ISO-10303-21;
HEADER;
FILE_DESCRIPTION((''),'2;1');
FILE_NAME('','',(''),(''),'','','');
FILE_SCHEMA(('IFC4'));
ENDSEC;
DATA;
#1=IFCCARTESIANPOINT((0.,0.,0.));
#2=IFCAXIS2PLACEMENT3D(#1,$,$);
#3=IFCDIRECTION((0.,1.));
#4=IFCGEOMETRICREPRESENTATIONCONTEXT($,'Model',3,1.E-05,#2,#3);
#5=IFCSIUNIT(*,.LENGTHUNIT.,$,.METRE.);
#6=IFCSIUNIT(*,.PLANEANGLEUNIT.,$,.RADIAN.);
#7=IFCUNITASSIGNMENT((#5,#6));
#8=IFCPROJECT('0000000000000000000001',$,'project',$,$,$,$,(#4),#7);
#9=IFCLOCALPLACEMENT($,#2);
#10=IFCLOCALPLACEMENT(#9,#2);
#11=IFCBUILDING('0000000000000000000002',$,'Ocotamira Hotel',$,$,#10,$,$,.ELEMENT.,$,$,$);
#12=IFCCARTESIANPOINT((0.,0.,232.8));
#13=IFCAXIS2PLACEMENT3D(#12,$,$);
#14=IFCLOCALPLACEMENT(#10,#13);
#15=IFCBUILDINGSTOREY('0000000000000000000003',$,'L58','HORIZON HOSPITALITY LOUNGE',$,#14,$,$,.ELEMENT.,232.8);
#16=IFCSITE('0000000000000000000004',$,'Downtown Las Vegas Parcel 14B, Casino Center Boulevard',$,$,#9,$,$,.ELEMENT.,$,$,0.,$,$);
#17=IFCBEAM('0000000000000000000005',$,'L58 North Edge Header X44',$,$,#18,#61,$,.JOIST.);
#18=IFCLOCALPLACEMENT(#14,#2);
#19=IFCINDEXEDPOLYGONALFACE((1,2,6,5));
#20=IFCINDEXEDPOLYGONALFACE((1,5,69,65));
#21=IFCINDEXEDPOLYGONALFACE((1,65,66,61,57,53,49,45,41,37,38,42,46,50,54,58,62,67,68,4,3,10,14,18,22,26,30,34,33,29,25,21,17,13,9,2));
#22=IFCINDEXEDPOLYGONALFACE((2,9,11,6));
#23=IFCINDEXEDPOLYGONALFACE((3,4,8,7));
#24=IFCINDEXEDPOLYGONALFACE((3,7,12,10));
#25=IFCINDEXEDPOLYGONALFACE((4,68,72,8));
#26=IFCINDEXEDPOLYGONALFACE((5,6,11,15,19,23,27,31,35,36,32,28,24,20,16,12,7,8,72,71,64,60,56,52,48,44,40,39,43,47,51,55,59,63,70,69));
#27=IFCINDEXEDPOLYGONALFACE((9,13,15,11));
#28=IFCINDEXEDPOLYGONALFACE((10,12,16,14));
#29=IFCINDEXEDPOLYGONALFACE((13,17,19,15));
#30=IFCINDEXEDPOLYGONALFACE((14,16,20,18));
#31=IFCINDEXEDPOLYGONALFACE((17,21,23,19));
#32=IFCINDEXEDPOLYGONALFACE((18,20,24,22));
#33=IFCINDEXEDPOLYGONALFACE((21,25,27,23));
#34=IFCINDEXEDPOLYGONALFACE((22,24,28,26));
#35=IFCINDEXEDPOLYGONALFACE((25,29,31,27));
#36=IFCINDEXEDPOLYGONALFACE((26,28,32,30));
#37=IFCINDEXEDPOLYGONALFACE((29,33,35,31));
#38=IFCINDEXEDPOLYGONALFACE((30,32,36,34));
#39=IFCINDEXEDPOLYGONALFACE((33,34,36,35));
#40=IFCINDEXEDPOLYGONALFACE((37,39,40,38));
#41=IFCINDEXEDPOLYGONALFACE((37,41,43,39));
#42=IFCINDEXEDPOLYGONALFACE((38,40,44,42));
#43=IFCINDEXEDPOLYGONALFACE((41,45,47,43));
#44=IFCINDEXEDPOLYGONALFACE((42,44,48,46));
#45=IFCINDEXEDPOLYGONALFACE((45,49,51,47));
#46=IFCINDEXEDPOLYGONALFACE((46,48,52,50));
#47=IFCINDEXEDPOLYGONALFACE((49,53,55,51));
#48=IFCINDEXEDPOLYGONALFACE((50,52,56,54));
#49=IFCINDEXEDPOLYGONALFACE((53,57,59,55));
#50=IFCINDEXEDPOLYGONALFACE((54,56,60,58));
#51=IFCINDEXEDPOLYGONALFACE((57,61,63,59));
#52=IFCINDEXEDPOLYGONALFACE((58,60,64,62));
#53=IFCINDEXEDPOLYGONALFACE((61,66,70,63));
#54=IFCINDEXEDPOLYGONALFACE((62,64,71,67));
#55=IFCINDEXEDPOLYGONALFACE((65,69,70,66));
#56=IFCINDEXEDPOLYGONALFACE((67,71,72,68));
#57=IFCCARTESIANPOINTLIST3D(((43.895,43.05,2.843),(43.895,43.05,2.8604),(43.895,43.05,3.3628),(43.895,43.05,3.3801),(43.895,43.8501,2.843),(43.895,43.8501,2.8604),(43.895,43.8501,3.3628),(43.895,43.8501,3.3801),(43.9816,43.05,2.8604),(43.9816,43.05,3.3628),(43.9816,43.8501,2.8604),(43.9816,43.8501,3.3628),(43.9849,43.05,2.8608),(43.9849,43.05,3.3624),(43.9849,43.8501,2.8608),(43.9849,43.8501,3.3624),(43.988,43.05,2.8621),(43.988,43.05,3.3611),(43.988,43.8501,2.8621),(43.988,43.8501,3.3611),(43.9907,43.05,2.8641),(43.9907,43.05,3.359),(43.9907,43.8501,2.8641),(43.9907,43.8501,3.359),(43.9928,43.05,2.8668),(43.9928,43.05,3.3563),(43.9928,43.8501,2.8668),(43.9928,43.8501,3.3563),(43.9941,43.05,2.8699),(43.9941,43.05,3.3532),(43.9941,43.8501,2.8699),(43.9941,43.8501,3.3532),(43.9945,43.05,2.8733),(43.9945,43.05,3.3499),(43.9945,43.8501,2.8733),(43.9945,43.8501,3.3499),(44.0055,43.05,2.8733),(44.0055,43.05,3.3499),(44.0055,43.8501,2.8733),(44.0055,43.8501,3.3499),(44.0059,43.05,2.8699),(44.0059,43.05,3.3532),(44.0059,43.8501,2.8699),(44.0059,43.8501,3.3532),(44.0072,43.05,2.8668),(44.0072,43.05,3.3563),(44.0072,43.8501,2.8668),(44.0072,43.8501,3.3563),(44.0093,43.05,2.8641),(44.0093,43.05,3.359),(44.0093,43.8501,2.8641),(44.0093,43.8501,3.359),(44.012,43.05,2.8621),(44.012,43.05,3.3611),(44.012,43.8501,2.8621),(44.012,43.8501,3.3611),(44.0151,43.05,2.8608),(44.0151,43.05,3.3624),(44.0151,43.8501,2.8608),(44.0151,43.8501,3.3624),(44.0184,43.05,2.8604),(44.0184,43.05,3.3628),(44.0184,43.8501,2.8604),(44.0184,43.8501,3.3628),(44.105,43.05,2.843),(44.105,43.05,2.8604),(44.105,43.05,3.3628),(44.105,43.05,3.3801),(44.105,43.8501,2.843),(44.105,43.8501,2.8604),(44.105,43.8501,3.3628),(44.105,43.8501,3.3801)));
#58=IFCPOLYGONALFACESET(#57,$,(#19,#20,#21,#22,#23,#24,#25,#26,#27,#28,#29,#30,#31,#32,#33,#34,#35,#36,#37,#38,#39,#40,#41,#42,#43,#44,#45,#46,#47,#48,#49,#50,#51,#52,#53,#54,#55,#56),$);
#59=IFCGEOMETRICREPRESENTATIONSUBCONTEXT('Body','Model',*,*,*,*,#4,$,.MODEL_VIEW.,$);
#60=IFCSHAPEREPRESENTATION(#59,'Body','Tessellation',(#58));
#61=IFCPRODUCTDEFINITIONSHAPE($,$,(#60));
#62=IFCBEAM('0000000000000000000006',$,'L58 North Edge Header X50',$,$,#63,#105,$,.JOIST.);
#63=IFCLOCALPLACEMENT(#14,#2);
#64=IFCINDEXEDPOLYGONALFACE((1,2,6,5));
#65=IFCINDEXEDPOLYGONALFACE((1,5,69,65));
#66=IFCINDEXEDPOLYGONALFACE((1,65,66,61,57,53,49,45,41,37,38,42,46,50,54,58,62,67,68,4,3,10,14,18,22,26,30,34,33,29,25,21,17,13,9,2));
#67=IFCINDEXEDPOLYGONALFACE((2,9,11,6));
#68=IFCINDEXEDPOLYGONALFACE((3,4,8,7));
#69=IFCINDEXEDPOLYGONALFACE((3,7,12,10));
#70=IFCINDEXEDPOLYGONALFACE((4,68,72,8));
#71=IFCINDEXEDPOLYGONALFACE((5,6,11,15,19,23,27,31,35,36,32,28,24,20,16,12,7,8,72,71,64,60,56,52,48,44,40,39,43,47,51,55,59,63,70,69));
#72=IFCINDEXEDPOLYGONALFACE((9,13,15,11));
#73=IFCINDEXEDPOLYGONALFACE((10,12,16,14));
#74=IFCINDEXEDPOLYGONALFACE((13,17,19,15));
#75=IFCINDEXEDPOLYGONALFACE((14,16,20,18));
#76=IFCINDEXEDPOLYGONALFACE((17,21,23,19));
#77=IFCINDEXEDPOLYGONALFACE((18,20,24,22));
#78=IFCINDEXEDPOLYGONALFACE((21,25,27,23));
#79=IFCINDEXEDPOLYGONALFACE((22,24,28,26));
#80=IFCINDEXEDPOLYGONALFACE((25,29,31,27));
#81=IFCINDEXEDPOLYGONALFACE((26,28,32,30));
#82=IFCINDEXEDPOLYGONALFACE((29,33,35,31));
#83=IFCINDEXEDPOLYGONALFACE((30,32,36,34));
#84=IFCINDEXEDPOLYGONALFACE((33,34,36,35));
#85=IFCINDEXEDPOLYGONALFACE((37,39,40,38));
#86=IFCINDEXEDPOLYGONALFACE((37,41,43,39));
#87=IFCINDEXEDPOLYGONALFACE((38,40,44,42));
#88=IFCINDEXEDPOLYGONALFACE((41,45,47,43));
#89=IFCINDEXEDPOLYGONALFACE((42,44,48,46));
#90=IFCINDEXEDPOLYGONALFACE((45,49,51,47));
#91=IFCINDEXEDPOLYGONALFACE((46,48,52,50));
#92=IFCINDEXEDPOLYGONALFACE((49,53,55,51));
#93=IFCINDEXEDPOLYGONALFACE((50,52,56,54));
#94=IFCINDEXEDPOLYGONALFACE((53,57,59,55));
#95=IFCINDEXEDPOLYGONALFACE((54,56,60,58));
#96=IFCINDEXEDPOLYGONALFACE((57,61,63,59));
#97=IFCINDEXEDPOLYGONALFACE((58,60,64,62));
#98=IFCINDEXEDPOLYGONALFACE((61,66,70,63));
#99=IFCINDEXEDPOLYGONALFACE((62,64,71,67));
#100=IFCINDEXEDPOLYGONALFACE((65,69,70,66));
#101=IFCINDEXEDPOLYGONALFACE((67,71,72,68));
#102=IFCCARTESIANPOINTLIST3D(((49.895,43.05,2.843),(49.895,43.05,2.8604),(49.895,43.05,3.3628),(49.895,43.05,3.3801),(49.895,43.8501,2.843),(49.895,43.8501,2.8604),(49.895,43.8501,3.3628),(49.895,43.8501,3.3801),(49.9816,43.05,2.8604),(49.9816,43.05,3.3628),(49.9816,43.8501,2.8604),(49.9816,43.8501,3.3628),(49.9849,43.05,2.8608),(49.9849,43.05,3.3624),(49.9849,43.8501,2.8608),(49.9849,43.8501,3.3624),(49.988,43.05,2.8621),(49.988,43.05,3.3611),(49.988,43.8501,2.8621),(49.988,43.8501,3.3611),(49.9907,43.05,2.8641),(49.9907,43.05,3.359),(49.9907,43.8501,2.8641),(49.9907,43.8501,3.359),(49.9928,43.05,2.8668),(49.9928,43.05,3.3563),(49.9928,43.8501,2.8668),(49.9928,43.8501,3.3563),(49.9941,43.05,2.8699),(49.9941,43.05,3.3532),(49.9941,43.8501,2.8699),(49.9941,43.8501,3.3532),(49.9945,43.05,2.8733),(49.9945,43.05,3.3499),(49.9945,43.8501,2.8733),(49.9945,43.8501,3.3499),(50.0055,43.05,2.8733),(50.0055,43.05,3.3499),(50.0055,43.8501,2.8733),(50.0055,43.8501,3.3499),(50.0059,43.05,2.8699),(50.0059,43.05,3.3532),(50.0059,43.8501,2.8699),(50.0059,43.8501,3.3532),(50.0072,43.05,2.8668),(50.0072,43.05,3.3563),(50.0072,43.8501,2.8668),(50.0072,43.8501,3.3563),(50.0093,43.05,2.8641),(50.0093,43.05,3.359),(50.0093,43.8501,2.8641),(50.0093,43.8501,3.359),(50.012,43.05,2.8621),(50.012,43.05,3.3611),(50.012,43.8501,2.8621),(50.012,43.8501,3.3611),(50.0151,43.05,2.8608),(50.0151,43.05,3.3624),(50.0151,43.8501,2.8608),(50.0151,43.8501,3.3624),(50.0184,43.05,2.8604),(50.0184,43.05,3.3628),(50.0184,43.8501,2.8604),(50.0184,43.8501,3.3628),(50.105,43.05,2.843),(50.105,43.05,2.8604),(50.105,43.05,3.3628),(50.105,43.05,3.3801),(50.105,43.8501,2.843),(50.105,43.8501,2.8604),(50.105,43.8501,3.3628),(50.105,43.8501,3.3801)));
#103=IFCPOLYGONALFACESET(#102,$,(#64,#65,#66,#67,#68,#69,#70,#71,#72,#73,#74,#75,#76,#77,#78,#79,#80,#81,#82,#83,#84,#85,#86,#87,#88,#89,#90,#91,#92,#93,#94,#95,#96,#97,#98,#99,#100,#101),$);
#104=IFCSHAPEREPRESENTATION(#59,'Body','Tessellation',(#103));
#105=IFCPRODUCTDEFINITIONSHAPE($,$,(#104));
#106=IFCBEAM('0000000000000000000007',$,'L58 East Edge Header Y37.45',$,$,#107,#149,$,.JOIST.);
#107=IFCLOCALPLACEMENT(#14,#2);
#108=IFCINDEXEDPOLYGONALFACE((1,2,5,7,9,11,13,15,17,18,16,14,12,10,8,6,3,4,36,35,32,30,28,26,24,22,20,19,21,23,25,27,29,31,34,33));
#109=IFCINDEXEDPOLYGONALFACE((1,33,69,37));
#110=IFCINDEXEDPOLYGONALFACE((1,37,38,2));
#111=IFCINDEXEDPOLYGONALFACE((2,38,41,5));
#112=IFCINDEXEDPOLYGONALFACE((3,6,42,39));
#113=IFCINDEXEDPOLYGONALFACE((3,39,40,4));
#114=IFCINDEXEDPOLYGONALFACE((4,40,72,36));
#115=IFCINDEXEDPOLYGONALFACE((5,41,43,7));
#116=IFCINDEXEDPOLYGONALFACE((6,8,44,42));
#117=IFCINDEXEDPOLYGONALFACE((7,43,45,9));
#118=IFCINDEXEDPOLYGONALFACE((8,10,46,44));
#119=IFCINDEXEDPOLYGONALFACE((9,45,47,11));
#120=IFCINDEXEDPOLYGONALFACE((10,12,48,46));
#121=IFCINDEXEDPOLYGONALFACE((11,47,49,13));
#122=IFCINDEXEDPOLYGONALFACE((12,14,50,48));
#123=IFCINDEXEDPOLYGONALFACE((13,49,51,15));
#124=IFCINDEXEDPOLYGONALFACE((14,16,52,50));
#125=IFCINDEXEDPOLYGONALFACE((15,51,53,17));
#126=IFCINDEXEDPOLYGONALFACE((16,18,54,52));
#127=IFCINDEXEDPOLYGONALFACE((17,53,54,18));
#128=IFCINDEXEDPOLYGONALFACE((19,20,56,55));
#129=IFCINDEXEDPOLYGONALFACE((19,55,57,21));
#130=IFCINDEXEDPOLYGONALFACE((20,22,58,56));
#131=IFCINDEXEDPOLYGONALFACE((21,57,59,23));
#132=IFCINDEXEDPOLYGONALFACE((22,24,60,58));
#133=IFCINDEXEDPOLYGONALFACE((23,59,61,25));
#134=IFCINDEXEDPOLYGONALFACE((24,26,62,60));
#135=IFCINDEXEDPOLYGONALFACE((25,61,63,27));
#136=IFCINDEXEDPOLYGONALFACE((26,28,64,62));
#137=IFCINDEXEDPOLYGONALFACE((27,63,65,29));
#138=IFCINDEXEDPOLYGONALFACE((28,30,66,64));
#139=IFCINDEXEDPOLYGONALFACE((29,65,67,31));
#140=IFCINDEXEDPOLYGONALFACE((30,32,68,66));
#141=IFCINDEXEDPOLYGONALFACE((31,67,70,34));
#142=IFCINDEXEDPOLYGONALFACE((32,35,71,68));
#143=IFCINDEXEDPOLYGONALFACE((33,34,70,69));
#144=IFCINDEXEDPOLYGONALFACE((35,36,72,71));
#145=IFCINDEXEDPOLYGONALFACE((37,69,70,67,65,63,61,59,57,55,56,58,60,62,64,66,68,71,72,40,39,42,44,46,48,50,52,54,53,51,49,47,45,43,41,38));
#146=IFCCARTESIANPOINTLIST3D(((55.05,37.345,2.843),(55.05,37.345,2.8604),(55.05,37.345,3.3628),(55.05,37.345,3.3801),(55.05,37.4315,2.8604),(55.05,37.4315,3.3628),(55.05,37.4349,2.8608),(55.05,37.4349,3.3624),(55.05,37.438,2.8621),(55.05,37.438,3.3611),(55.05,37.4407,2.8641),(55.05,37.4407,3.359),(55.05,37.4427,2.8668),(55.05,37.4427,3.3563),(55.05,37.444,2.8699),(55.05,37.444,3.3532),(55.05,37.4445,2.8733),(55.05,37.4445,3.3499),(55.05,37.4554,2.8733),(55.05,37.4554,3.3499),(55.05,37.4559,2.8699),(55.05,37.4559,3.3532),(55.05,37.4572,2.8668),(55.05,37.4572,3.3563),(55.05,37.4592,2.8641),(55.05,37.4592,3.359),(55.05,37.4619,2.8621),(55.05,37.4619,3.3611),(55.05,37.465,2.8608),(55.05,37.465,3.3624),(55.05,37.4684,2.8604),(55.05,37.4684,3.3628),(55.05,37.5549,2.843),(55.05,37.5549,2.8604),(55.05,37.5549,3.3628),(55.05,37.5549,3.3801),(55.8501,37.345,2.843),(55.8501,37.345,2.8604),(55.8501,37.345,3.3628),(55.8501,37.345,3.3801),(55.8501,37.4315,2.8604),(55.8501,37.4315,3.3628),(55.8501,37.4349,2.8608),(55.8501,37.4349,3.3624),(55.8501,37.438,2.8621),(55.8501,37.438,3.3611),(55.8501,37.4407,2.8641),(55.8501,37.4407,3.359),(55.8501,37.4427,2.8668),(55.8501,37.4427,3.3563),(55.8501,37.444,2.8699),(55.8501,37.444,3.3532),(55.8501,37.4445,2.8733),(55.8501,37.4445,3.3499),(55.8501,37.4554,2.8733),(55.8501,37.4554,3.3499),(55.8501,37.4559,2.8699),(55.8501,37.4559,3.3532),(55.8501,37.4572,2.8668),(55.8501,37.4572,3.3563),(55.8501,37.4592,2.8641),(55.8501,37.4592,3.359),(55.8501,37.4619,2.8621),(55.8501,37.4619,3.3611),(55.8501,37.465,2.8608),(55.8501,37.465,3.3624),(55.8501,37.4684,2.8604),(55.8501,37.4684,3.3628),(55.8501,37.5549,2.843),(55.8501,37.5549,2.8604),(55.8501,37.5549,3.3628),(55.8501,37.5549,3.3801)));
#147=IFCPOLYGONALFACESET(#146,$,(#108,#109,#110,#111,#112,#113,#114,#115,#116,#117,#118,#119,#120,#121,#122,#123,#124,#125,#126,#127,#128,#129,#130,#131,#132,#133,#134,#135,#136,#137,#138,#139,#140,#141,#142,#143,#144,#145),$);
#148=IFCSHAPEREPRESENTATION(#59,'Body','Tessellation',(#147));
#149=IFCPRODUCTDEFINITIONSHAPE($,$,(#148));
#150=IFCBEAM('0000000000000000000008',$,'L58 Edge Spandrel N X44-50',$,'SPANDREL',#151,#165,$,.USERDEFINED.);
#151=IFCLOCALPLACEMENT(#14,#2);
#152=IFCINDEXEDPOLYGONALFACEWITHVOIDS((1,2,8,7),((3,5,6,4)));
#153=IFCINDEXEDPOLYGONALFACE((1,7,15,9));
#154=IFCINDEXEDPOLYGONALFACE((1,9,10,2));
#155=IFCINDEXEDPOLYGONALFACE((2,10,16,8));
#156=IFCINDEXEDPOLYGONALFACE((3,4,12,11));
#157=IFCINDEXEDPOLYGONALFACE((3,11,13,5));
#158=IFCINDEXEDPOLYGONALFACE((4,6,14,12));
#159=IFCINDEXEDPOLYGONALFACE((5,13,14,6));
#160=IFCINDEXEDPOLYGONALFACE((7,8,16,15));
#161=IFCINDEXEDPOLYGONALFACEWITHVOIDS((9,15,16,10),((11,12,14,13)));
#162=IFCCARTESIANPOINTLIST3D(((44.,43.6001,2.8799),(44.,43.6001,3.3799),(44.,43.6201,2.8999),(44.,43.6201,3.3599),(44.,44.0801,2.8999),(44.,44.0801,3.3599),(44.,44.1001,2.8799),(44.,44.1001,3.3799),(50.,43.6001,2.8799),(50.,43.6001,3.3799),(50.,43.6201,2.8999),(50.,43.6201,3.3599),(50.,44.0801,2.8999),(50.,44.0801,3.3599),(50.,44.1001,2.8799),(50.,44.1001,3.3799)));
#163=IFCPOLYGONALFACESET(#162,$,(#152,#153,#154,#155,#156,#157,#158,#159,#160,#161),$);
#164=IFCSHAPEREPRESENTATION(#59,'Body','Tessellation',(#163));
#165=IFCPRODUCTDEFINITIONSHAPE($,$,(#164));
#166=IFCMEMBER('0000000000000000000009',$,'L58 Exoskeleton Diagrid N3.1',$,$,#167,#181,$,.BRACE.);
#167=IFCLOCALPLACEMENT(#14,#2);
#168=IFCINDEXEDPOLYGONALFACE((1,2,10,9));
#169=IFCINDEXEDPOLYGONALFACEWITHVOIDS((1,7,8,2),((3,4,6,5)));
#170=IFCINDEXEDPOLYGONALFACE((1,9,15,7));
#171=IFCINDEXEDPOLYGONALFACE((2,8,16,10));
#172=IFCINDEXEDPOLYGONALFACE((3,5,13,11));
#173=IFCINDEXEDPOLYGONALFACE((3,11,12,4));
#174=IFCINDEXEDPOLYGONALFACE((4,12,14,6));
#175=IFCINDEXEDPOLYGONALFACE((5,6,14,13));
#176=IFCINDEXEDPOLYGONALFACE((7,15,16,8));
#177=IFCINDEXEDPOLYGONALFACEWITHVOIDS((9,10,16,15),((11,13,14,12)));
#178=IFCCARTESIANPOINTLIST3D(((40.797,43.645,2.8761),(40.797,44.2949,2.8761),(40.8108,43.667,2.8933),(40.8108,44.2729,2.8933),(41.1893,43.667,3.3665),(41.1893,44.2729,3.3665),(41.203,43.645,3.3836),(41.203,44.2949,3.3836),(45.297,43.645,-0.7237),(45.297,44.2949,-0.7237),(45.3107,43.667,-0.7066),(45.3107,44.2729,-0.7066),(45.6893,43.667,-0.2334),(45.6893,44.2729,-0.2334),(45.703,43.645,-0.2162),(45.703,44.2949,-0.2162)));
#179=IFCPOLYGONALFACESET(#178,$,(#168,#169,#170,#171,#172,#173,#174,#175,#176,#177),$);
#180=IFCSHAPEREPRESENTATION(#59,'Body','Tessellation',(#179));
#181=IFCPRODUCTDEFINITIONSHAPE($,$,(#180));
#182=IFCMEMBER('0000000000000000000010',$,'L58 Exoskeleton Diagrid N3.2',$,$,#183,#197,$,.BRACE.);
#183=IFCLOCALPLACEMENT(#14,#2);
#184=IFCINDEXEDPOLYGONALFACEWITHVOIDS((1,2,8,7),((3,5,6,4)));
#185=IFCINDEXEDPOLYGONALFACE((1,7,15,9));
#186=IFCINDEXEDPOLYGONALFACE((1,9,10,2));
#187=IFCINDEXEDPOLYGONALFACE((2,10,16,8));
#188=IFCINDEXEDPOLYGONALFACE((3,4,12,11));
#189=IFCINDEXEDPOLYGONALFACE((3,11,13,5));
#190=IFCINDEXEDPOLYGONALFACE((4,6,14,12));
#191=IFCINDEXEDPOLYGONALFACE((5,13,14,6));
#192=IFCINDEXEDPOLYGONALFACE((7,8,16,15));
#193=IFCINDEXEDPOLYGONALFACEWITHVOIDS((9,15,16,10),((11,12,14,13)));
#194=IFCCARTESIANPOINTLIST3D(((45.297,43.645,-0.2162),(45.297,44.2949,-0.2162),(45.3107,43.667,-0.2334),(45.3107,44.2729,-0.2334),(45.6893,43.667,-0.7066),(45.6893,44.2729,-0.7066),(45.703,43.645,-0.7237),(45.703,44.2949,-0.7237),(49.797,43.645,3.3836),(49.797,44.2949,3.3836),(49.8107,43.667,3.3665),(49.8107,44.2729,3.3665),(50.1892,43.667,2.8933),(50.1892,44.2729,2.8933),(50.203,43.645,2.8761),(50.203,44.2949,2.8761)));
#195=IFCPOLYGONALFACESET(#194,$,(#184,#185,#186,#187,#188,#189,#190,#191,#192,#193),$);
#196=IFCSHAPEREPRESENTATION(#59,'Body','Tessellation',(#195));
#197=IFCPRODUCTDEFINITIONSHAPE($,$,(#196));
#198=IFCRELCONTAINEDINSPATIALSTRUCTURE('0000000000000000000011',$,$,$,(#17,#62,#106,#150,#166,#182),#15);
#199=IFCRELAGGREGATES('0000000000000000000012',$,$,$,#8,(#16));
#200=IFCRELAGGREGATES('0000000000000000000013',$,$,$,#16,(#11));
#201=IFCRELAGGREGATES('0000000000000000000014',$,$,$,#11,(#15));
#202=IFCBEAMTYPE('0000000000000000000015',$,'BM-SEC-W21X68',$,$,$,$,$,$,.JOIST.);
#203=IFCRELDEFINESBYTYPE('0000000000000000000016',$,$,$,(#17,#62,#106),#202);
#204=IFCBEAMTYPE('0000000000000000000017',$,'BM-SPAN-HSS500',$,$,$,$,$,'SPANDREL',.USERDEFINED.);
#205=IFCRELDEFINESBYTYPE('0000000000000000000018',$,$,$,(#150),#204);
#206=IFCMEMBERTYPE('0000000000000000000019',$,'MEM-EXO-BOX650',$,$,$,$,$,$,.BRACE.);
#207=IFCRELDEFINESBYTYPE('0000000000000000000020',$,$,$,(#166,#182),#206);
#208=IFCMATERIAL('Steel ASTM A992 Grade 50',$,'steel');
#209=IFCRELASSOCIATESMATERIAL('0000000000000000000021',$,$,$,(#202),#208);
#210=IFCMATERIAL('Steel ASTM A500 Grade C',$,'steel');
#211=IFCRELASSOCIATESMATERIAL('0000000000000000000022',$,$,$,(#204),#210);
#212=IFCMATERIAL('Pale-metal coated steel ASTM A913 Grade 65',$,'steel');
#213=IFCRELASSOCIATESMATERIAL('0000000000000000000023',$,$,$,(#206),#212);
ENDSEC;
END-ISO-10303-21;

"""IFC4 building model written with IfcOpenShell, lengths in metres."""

from ifc_helpers import new_model, si_unit, direction, frame, origin, origin_2d, place, context, subcontext, project, spatial, hollow_rectangle, i_section, extrude, source, transform, mapped, material, material_profile, profile_set, type_object, element, save


model = new_model("IFC4")

# Units and contexts
model_context = context("Model", 3, precision=1e-05, world=origin(), true_north=direction((0.0, 1.0)))
body_context = subcontext(model_context, "Body", "Model", "MODEL_VIEW")
ifc_project = project(units=[si_unit("LENGTHUNIT", "METRE"), si_unit("PLANEANGLEUNIT", "RADIAN")], contexts=[model_context])

# Site, building, storey
site_placement = place(None, origin())
site = spatial("IfcSite", under=ifc_project, at=site_placement, Name="Downtown Las Vegas Parcel 14B, Casino Center Boulevard", CompositionType="ELEMENT", RefElevation=0.0)
building_placement = place(site_placement, origin())
building = spatial("IfcBuilding", under=site, at=building_placement, Name="Ocotamira Hotel", CompositionType="ELEMENT")
storey_placement = place(building_placement, frame((0.0, 0.0, 232.8)))
storey = spatial("IfcBuildingStorey", under=building, at=storey_placement, Name="L58", Description="HORIZON HOSPITALITY LOUNGE", CompositionType="ELEMENT", Elevation=232.8)

# Shared definitions
ifc_material_1 = material(Name="Steel ASTM A992 Grade 50", Category="steel")

# Beams
ifc_material_profile_1 = material_profile(ifc_material_1, i_section(OverallWidth=0.21, OverallDepth=0.5371, WebThickness=0.011, FlangeThickness=0.0173, FilletRadius=0.0129, at=origin_2d()), Name="W21X68")
ifc_profile_set_1 = profile_set([ifc_material_profile_1], Name="Steel ASTM A992 Grade 50")
beam_type_1 = type_object("IfcBeamType", Name="BM-SEC-W21X68", PredefinedType="JOIST", material=ifc_profile_set_1)
shared_shape_1 = source(origin(), body_context, "Body", "SweptSolid", [
    extrude(i_section(OverallWidth=0.21, OverallDepth=0.5371, WebThickness=0.011, FlangeThickness=0.0173, FilletRadius=0.0129, at=origin_2d()), origin(), (0.0, 0.0, 1.0), 0.8),
])
for number, where, z_axis, x_axis, name in (
    (1, (44.0, 43.05, 3.1116), (0.0, 1.0, 0.0), (-1.0, 0.0, 0.0), "L58 North Edge Header X44"),
    (2, (50.0, 43.05, 3.1116), (0.0, 1.0, 0.0), (-1.0, 0.0, 0.0), "L58 North Edge Header X50"),
    (3, (55.05, 37.45, 3.1116), (1.0, 0.0, 0.0), (0.0, 1.0, 0.0), "L58 East Edge Header Y37.45"),
):
    element("IfcBeam", number, at=place(storey_placement, frame(where, z_axis=z_axis, x_axis=x_axis)), inside=storey, type_object=beam_type_1, Name=name, PredefinedType="JOIST", context=body_context, shape_type="MappedRepresentation", body=[
        mapped(shared_shape_1, transform((0.0, 0.0, 0.0), scale=1.0)),
    ])
ifc_material_2 = material(Name="Steel ASTM A500 Grade C", Category="steel")
ifc_material_profile_2 = material_profile(ifc_material_2, hollow_rectangle(XDim=0.5, YDim=0.5, WallThickness=0.02, at=origin_2d()), Name="HSS500X500X20")
ifc_profile_set_2 = profile_set([ifc_material_profile_2], Name="Steel ASTM A500 Grade C")
beam_type_2 = type_object("IfcBeamType", Name="BM-SPAN-HSS500", ElementType="SPANDREL", PredefinedType="USERDEFINED", material=ifc_profile_set_2)
shared_shape_2 = source(origin(), body_context, "Body", "SweptSolid", [
    extrude(hollow_rectangle(XDim=0.5, YDim=0.5, WallThickness=0.02, at=origin_2d()), origin(), (0.0, 0.0, 1.0), 6.0),
])
beam_1_placement = place(storey_placement, frame((44.0, 43.8501, 3.1299), z_axis=(1.0, 0.0, 0.0), x_axis=(0.0, 1.0, 0.0)))
element("IfcBeam", 4, at=beam_1_placement, inside=storey, type_object=beam_type_2, Name="L58 Edge Spandrel N X44-50", ObjectType="SPANDREL", PredefinedType="USERDEFINED", context=body_context, shape_type="MappedRepresentation", body=[
    mapped(shared_shape_2, transform((0.0, 0.0, 0.0), scale=1.0)),
])

# Members
ifc_material_3 = material(Name="Pale-metal coated steel ASTM A913 Grade 65", Category="steel")
ifc_material_profile_3 = material_profile(ifc_material_3, hollow_rectangle(XDim=0.6499, YDim=0.6499, WallThickness=0.022, at=origin_2d()), Name="BOX650X650X22")
ifc_profile_set_3 = profile_set([ifc_material_profile_3], Name="Pale-metal coated steel ASTM A913 Grade 65")
member_type_1 = type_object("IfcMemberType", Name="MEM-EXO-BOX650", PredefinedType="BRACE", material=ifc_profile_set_3)
shared_shape_3 = source(origin(), body_context, "Body", "SweptSolid", [
    extrude(hollow_rectangle(XDim=0.6499, YDim=0.6499, WallThickness=0.022, at=origin_2d()), origin(), (0.0, 0.0, 1.0), 5.7627),
])
for number, where, z_axis, x_axis, name in (
    (5, (45.5, 43.97, -0.47), (-0.780881, 0.0, 0.62468), (0.0, -1.0, 0.0), "L58 Exoskeleton Diagrid N3.1"),
    (6, (45.5, 43.97, -0.47), (0.780881, 0.0, 0.62468), (0.0, 1.0, 0.0), "L58 Exoskeleton Diagrid N3.2"),
):
    element("IfcMember", number, at=place(storey_placement, frame(where, z_axis=z_axis, x_axis=x_axis)), inside=storey, type_object=member_type_1, Name=name, PredefinedType="BRACE", context=body_context, shape_type="MappedRepresentation", body=[
        mapped(shared_shape_3, transform((0.0, 0.0, 0.0), scale=1.0)),
    ])

save(model, "model.ifc")
